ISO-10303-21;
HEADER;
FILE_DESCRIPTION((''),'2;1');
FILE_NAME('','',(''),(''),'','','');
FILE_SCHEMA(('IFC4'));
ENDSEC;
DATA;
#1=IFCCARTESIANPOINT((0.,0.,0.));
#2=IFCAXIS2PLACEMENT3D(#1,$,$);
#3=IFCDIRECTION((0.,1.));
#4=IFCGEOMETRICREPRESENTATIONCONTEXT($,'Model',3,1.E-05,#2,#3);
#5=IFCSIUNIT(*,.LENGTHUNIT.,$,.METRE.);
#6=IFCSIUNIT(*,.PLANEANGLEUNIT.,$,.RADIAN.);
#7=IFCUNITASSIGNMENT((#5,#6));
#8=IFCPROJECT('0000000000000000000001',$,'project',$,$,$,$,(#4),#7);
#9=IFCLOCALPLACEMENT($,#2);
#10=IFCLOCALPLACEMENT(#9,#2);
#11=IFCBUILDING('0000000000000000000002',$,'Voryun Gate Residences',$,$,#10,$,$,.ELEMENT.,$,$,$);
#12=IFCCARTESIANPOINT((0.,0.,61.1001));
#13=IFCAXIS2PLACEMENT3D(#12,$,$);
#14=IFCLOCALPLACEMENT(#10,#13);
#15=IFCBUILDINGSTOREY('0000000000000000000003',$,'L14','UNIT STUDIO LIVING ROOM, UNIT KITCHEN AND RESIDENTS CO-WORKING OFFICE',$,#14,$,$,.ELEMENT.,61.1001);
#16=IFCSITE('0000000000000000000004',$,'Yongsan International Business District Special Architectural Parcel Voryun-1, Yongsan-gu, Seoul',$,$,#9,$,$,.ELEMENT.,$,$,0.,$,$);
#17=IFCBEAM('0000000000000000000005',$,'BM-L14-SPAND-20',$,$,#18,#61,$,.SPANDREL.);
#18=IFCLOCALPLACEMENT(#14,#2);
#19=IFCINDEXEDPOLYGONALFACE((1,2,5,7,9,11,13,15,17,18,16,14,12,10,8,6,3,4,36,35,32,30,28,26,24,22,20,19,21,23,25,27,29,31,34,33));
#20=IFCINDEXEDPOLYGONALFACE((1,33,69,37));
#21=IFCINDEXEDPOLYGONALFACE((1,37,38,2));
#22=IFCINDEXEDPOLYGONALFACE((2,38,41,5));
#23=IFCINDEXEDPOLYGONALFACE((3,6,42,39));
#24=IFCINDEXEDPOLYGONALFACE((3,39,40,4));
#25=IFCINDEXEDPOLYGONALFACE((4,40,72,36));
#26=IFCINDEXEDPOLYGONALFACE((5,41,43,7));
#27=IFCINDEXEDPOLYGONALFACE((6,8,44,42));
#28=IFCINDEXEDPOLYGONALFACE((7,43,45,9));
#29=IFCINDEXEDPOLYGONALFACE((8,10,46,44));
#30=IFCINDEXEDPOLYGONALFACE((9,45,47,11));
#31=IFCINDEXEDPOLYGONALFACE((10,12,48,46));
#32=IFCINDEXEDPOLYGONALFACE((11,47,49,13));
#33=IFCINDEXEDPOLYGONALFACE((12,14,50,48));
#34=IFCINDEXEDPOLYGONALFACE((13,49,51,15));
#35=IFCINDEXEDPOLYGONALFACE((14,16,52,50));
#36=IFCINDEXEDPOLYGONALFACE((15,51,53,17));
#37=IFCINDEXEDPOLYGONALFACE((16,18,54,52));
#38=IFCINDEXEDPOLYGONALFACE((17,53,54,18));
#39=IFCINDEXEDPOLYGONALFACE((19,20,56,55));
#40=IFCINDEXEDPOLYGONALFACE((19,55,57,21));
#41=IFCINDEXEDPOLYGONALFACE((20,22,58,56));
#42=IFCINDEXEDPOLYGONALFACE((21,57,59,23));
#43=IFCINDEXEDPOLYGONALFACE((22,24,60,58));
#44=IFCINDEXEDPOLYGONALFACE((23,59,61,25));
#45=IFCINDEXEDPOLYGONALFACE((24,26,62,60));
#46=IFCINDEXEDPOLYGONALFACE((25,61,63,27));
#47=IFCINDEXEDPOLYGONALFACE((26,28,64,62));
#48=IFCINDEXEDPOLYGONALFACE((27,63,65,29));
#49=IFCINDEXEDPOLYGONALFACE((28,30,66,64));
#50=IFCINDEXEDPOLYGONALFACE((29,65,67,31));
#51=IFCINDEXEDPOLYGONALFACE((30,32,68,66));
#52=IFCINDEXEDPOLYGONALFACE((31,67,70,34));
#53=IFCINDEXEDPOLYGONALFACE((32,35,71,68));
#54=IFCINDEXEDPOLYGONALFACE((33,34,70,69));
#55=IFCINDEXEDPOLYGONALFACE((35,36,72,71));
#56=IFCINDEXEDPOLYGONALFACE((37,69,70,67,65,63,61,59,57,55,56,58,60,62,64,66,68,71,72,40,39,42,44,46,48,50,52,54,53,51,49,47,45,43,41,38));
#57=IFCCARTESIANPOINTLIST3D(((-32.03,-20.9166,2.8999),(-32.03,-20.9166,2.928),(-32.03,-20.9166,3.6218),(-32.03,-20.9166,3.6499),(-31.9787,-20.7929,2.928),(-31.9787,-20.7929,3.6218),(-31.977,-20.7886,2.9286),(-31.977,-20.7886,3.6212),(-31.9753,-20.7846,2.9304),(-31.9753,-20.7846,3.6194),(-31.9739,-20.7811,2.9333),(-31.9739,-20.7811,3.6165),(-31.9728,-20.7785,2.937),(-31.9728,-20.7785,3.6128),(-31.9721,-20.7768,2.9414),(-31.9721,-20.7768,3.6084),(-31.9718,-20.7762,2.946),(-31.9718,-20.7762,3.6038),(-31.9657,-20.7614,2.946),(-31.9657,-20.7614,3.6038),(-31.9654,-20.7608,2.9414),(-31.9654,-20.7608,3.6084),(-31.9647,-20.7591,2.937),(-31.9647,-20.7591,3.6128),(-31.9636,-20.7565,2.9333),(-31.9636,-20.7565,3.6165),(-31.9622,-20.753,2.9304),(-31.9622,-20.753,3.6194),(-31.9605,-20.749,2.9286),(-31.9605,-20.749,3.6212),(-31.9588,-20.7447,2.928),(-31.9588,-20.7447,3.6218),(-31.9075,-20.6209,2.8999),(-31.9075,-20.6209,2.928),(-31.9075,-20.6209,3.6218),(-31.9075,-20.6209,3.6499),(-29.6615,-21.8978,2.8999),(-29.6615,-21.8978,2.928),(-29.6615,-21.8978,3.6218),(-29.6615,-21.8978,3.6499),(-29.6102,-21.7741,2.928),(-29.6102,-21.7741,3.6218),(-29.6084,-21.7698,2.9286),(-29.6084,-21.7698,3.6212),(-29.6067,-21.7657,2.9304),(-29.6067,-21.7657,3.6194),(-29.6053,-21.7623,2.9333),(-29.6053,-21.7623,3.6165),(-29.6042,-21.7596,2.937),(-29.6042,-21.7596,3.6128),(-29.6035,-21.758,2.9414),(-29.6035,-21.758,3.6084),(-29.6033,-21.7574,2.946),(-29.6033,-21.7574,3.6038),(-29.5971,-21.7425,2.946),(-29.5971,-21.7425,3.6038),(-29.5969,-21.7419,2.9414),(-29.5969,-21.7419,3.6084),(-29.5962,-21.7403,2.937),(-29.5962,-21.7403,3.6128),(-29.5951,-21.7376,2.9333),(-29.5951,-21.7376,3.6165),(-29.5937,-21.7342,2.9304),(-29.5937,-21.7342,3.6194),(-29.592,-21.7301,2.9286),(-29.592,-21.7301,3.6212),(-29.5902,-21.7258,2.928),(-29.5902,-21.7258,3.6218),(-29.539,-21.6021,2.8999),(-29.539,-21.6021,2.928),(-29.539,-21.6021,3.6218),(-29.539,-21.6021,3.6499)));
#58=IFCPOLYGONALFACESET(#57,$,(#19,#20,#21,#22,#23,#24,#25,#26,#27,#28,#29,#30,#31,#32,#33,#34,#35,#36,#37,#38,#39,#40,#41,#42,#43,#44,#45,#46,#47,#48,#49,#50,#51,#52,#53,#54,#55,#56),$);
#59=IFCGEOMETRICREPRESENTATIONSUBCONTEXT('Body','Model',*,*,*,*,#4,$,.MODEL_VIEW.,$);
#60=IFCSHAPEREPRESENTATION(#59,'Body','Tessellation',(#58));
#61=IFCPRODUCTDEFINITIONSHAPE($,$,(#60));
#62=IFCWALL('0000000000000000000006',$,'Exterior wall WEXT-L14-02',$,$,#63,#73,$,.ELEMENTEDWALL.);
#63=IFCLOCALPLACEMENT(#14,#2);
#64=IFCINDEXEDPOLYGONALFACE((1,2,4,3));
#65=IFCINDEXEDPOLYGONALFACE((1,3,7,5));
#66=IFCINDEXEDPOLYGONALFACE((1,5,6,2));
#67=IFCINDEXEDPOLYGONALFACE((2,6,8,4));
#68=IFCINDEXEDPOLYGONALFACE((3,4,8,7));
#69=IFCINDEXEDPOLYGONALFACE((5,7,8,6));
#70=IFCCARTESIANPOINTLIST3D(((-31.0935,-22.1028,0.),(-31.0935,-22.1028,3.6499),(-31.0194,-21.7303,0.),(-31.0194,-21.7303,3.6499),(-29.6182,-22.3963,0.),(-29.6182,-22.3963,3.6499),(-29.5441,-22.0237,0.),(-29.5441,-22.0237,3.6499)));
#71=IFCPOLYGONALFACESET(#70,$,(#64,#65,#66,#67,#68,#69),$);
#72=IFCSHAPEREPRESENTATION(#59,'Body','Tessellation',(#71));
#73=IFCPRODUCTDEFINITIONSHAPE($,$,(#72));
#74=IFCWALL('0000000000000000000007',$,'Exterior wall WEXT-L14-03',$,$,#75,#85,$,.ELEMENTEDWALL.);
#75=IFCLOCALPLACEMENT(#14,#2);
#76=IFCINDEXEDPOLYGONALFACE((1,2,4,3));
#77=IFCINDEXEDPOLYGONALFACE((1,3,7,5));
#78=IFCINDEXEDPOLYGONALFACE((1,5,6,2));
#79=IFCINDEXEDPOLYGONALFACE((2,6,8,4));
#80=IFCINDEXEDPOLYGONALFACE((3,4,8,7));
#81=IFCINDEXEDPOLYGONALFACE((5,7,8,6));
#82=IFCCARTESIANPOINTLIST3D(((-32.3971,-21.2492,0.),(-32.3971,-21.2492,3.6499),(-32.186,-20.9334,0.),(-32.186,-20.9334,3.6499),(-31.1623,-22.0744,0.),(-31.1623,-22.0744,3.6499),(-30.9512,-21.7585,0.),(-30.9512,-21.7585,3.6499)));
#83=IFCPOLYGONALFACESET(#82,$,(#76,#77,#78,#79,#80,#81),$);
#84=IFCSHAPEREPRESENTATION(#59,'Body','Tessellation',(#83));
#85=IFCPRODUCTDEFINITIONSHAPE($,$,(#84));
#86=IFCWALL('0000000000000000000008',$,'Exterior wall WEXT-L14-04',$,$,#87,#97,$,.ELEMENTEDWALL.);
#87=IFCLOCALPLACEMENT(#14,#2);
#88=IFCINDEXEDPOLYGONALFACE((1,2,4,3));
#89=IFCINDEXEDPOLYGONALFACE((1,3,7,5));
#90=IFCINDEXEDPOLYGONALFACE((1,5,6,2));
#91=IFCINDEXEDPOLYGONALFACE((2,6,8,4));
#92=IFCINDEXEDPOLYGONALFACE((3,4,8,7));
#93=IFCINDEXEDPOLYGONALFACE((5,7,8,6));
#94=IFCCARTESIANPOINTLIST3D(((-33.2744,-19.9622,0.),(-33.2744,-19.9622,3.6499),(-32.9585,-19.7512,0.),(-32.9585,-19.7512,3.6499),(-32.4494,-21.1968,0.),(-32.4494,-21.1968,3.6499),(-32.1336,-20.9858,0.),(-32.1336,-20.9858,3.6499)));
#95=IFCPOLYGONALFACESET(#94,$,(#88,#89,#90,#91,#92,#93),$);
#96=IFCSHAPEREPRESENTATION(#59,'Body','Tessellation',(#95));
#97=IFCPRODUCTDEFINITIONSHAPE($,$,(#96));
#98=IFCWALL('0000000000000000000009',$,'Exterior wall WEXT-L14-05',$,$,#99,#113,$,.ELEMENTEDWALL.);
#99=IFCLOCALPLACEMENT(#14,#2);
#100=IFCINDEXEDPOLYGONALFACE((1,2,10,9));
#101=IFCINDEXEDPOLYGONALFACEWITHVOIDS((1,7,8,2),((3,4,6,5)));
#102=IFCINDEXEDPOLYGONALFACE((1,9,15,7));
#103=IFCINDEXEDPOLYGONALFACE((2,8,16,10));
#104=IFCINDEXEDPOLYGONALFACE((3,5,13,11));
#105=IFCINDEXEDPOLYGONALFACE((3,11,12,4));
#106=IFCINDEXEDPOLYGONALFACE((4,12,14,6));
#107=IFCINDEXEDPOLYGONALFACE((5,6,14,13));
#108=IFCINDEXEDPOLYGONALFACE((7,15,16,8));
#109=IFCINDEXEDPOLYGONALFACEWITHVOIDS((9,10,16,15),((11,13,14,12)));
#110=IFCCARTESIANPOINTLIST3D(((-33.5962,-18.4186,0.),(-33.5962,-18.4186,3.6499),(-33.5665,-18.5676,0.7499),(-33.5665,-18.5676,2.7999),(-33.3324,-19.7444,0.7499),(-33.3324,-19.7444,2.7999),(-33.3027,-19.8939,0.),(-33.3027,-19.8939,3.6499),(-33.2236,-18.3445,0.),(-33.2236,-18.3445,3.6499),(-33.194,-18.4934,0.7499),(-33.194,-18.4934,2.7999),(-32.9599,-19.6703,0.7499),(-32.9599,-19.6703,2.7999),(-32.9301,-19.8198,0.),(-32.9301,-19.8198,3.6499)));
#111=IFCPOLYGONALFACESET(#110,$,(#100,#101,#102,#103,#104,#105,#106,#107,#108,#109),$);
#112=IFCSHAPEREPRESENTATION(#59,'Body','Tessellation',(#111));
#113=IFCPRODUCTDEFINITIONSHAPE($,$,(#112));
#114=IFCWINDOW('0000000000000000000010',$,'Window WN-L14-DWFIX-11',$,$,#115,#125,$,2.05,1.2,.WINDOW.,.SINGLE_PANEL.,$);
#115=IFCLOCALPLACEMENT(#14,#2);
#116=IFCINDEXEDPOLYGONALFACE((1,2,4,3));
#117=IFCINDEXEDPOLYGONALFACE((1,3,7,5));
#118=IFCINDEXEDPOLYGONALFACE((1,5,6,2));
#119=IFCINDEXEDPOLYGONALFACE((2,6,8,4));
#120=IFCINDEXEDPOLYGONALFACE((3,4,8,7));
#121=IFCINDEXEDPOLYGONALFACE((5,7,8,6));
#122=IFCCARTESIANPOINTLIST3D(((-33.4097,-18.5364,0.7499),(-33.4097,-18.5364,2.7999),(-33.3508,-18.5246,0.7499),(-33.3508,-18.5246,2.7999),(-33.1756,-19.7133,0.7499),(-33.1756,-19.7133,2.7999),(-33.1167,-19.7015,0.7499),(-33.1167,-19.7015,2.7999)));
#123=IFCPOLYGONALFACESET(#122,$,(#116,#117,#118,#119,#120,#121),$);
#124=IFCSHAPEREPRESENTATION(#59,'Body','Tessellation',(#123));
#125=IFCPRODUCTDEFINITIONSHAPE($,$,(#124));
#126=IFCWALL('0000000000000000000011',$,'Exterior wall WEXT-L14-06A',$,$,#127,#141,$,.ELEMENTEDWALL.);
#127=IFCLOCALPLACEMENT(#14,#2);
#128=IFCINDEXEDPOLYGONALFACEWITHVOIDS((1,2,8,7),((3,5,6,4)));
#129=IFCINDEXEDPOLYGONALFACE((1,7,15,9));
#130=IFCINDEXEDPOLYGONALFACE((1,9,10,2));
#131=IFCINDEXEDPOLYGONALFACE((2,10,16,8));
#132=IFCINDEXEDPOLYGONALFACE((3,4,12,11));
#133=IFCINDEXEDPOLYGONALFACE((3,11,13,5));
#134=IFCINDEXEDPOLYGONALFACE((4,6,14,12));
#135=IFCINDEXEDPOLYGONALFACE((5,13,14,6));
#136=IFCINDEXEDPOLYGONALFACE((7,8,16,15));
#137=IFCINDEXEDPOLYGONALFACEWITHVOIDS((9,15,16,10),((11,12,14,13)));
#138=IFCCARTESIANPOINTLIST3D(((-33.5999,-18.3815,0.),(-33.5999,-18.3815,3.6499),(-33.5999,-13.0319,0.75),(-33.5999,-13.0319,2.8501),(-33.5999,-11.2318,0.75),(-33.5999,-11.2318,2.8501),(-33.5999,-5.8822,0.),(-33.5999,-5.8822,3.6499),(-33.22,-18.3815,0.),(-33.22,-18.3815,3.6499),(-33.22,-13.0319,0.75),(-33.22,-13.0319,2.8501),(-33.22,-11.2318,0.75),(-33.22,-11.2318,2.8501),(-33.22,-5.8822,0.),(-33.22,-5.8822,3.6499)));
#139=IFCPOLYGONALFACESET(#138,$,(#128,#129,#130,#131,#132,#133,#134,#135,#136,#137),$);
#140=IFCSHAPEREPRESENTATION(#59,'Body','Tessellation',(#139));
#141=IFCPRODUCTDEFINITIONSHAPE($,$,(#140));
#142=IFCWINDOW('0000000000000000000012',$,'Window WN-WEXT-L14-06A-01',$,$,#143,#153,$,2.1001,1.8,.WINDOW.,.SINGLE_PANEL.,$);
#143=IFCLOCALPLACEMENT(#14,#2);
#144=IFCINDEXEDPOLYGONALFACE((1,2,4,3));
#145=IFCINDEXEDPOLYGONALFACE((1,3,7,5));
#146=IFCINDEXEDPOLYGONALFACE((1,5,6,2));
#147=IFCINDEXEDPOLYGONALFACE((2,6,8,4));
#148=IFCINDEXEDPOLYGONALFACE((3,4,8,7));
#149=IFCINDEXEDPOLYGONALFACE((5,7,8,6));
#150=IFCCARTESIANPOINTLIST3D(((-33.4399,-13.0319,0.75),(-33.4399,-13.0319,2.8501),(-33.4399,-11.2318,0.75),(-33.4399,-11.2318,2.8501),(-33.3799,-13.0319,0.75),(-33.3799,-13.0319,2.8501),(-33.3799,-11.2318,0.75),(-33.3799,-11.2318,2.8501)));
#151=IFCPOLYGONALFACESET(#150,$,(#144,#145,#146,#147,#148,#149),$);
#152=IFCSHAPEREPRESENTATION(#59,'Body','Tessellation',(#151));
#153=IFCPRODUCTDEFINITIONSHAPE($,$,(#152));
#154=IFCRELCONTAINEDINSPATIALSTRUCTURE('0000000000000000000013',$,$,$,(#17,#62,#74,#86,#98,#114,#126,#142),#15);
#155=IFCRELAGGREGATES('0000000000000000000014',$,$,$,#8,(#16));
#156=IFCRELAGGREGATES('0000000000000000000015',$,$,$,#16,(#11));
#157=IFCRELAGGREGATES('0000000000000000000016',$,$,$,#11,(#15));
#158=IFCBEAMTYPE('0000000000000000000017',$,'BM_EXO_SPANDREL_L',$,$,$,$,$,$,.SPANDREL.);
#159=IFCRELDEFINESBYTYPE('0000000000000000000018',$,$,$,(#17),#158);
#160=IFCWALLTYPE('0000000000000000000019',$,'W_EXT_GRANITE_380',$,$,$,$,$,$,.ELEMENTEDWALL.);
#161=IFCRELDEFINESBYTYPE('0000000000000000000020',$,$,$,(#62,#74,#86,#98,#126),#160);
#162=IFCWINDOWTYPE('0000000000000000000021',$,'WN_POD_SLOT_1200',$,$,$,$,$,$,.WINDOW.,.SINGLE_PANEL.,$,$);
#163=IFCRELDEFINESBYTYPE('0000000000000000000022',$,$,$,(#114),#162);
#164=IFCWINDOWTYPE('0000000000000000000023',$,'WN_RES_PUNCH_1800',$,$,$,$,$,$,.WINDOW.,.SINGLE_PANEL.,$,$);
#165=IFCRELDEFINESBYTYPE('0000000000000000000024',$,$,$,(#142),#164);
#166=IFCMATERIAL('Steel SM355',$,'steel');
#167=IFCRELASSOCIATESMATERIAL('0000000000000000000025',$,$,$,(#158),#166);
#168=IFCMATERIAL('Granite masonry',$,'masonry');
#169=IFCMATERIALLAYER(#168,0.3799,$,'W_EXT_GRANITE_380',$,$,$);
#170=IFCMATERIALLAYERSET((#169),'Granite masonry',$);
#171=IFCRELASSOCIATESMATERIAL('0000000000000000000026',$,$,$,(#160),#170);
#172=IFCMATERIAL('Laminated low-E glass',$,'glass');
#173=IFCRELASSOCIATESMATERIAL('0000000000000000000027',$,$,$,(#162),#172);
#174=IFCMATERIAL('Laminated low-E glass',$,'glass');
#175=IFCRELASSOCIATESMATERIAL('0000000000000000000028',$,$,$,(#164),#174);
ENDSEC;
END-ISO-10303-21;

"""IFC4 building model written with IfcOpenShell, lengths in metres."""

from ifc_helpers import new_model, si_unit, direction, frame, frame_2d, origin, origin_2d, place, context, subcontext, project, spatial, rectangle, i_section, extrude, material, layer, layer_set, material_profile, profile_set, type_object, element, fill, save


model = new_model("IFC4")

# Units and contexts
model_context = context("Model", 3, precision=1e-05, world=origin(), true_north=direction((0.0, 1.0)))
body_context = subcontext(model_context, "Body", "Model", "MODEL_VIEW")
ifc_project = project(units=[si_unit("LENGTHUNIT", "METRE"), si_unit("PLANEANGLEUNIT", "RADIAN")], contexts=[model_context])

# Site, building, storey
site_placement = place(None, origin())
site = spatial("IfcSite", under=ifc_project, at=site_placement, Name="Yongsan International Business District Special Architectural Parcel Voryun-1, Yongsan-gu, Seoul", CompositionType="ELEMENT", RefElevation=0.0)
building_placement = place(site_placement, origin())
building = spatial("IfcBuilding", under=site, at=building_placement, Name="Voryun Gate Residences", CompositionType="ELEMENT")
storey_placement = place(building_placement, frame((0.0, 0.0, 61.1001)))
storey = spatial("IfcBuildingStorey", under=building, at=storey_placement, Name="L14", Description="UNIT STUDIO LIVING ROOM, UNIT KITCHEN AND RESIDENTS CO-WORKING OFFICE", CompositionType="ELEMENT", Elevation=61.1001)

# Beam
ifc_material_1 = material(Name="Steel SM355", Category="steel")
ifc_material_profile_1 = material_profile(ifc_material_1, i_section(OverallWidth=0.3201, OverallDepth=0.75, WebThickness=0.0161, FlangeThickness=0.0281, FilletRadius=0.0181, at=origin_2d()), Name="H-750x320x16x28")
ifc_profile_set_1 = profile_set([ifc_material_profile_1], Name="Steel SM355")
beam_type = type_object("IfcBeamType", Name="BM_EXO_SPANDREL_L", PredefinedType="SPANDREL", material=ifc_profile_set_1)
beam_1_placement = place(storey_placement, frame((-31.9688, -20.7688, 3.2749), z_axis=(0.923869, -0.382708, 0.0), x_axis=(0.382708, 0.923869, 0.0)))
element("IfcBeam", 1, at=beam_1_placement, inside=storey, type_object=beam_type, Name="BM-L14-SPAND-20", PredefinedType="SPANDREL", context=body_context, shape_type="SweptSolid", body=[
    extrude(i_section(OverallWidth=0.3201, OverallDepth=0.75, WebThickness=0.0161, FlangeThickness=0.0281, FilletRadius=0.0181, at=origin_2d()), origin(), (0.0, 0.0, 1.0), 2.5637),
])

# Walls
ifc_material_2 = material(Name="Granite masonry", Category="masonry")
ifc_layer_1 = layer(ifc_material_2, 0.3799, Name="W_EXT_GRANITE_380")
ifc_layer_set_1 = layer_set([ifc_layer_1], Name="Granite masonry")
wall_type_1 = type_object("IfcWallType", Name="W_EXT_GRANITE_380", PredefinedType="ELEMENTEDWALL", material=ifc_layer_set_1)
wall_1_placement = place(storey_placement, frame((-29.5813, -22.21, 0.0), z_axis=(0.0, 0.0, 1.0), x_axis=(-0.980786, 0.195086, 0.0)))
element("IfcWall", 2, at=wall_1_placement, inside=storey, type_object=wall_type_1, Name="Exterior wall WEXT-L14-02", PredefinedType="ELEMENTEDWALL", context=body_context, shape_type="SweptSolid", body=[
    extrude(rectangle(XDim=1.5042, YDim=0.3799, at=frame_2d((0.752, 0.0))), origin(), (0.0, 0.0, 1.0), 3.6499),
])
wall_2_placement = place(storey_placement, frame((-31.0566, -21.9165, 0.0), z_axis=(0.0, 0.0, 1.0), x_axis=(-0.831443, 0.55561, 0.0)))
element("IfcWall", 3, at=wall_2_placement, inside=storey, type_object=wall_type_1, Name="Exterior wall WEXT-L14-03", PredefinedType="ELEMENTEDWALL", context=body_context, shape_type="SweptSolid", body=[
    extrude(rectangle(XDim=1.4851, YDim=0.3799, at=frame_2d((0.7427, 0.0))), origin(), (0.0, 0.0, 1.0), 3.6499),
])
wall_3_placement = place(storey_placement, frame((-32.2915, -21.0913, 0.0), z_axis=(0.0, 0.0, 1.0), x_axis=(-0.555573, 0.831468, 0.0)))
element("IfcWall", 4, at=wall_3_placement, inside=storey, type_object=wall_type_1, Name="Exterior wall WEXT-L14-04", PredefinedType="ELEMENTEDWALL", context=body_context, shape_type="SweptSolid", body=[
    extrude(rectangle(XDim=1.4849, YDim=0.3799, at=frame_2d((0.7424, 0.0))), origin(), (0.0, 0.0, 1.0), 3.6499),
])

# Walls, openings, windows
wall_4_placement = place(storey_placement, frame((-33.1165, -19.8567, 0.0), z_axis=(0.0, 0.0, 1.0), x_axis=(-0.195086, 0.980786, 0.0)))
wall_4 = element("IfcWall", 5, at=wall_4_placement, inside=storey, type_object=wall_type_1, Name="Exterior wall WEXT-L14-05", PredefinedType="ELEMENTEDWALL", context=body_context, shape_type="SweptSolid", body=[
    extrude(rectangle(XDim=1.5042, YDim=0.3799, at=frame_2d((0.752, 0.0))), origin(), (0.0, 0.0, 1.0), 3.6499),
])
opening_1_placement = place(wall_4_placement, frame((0.1521, 0.0, 0.75)))
opening_1 = element("IfcOpeningElement", 6, at=opening_1_placement, cuts=wall_4, PredefinedType="OPENING", context=body_context, shape_type="SweptSolid", body=[
    extrude(rectangle(XDim=1.2, YDim=2.05, at=frame_2d((0.6001, 1.0249))), frame((0.0, 0.2, 0.0), z_axis=(0.0, -1.0, 0.0), x_axis=(1.0, 0.0, 0.0)), (0.0, 0.0, 1.0), 0.3999),
])
ifc_material_3 = material(Name="Laminated low-E glass", Category="glass")
window_type_1 = type_object("IfcWindowType", Name="WN_POD_SLOT_1200", PartitioningType="SINGLE_PANEL", PredefinedType="WINDOW", material=ifc_material_3)
window_1_placement = place(opening_1_placement, origin())
window_1 = element("IfcWindow", 7, at=window_1_placement, inside=storey, type_object=window_type_1, Name="Window WN-L14-DWFIX-11", OverallHeight=2.05, OverallWidth=1.2, PartitioningType="SINGLE_PANEL", PredefinedType="WINDOW", context=body_context, shape_type="SweptSolid", body=[
    extrude(rectangle(XDim=1.2, YDim=2.05, at=frame_2d((0.6001, 1.0249))), frame((0.0, 0.03, 0.0), z_axis=(0.0, -1.0, 0.0), x_axis=(1.0, 0.0, 0.0)), (0.0, 0.0, 1.0), 0.0601),
])
fill(opening_1, window_1)
wall_5_placement = place(storey_placement, frame((-33.4099, -18.3813, 0.0), z_axis=(0.0, 0.0, 1.0), x_axis=(0.0, 1.0, 0.0)))
wall_5 = element("IfcWall", 8, at=wall_5_placement, inside=storey, type_object=wall_type_1, Name="Exterior wall WEXT-L14-06A", PredefinedType="ELEMENTEDWALL", context=body_context, shape_type="SweptSolid", body=[
    extrude(rectangle(XDim=12.4993, YDim=0.3799, at=frame_2d((6.2495, 0.0))), origin(), (0.0, 0.0, 1.0), 3.6499),
])
opening_2_placement = place(wall_5_placement, frame((5.3496, 0.0, 0.75)))
opening_2 = element("IfcOpeningElement", 9, at=opening_2_placement, cuts=wall_5, PredefinedType="OPENING", context=body_context, shape_type="SweptSolid", body=[
    extrude(rectangle(XDim=1.8, YDim=2.1001, at=frame_2d((0.8999, 1.05))), frame((0.0, 0.2, 0.0), z_axis=(0.0, -1.0, 0.0), x_axis=(1.0, 0.0, 0.0)), (0.0, 0.0, 1.0), 0.3999),
])
ifc_material_4 = material(Name="Laminated low-E glass", Category="glass")
window_type_2 = type_object("IfcWindowType", Name="WN_RES_PUNCH_1800", PartitioningType="SINGLE_PANEL", PredefinedType="WINDOW", material=ifc_material_4)
window_2_placement = place(opening_2_placement, origin())
window_2 = element("IfcWindow", 10, at=window_2_placement, inside=storey, type_object=window_type_2, Name="Window WN-WEXT-L14-06A-01", OverallHeight=2.1001, OverallWidth=1.8, PartitioningType="SINGLE_PANEL", PredefinedType="WINDOW", context=body_context, shape_type="SweptSolid", body=[
    extrude(rectangle(XDim=1.8, YDim=2.1001, at=frame_2d((0.8999, 1.05))), frame((0.0, 0.03, 0.0), z_axis=(0.0, -1.0, 0.0), x_axis=(1.0, 0.0, 0.0)), (0.0, 0.0, 1.0), 0.0601),
])
fill(opening_2, window_2)

save(model, "model.ifc")
